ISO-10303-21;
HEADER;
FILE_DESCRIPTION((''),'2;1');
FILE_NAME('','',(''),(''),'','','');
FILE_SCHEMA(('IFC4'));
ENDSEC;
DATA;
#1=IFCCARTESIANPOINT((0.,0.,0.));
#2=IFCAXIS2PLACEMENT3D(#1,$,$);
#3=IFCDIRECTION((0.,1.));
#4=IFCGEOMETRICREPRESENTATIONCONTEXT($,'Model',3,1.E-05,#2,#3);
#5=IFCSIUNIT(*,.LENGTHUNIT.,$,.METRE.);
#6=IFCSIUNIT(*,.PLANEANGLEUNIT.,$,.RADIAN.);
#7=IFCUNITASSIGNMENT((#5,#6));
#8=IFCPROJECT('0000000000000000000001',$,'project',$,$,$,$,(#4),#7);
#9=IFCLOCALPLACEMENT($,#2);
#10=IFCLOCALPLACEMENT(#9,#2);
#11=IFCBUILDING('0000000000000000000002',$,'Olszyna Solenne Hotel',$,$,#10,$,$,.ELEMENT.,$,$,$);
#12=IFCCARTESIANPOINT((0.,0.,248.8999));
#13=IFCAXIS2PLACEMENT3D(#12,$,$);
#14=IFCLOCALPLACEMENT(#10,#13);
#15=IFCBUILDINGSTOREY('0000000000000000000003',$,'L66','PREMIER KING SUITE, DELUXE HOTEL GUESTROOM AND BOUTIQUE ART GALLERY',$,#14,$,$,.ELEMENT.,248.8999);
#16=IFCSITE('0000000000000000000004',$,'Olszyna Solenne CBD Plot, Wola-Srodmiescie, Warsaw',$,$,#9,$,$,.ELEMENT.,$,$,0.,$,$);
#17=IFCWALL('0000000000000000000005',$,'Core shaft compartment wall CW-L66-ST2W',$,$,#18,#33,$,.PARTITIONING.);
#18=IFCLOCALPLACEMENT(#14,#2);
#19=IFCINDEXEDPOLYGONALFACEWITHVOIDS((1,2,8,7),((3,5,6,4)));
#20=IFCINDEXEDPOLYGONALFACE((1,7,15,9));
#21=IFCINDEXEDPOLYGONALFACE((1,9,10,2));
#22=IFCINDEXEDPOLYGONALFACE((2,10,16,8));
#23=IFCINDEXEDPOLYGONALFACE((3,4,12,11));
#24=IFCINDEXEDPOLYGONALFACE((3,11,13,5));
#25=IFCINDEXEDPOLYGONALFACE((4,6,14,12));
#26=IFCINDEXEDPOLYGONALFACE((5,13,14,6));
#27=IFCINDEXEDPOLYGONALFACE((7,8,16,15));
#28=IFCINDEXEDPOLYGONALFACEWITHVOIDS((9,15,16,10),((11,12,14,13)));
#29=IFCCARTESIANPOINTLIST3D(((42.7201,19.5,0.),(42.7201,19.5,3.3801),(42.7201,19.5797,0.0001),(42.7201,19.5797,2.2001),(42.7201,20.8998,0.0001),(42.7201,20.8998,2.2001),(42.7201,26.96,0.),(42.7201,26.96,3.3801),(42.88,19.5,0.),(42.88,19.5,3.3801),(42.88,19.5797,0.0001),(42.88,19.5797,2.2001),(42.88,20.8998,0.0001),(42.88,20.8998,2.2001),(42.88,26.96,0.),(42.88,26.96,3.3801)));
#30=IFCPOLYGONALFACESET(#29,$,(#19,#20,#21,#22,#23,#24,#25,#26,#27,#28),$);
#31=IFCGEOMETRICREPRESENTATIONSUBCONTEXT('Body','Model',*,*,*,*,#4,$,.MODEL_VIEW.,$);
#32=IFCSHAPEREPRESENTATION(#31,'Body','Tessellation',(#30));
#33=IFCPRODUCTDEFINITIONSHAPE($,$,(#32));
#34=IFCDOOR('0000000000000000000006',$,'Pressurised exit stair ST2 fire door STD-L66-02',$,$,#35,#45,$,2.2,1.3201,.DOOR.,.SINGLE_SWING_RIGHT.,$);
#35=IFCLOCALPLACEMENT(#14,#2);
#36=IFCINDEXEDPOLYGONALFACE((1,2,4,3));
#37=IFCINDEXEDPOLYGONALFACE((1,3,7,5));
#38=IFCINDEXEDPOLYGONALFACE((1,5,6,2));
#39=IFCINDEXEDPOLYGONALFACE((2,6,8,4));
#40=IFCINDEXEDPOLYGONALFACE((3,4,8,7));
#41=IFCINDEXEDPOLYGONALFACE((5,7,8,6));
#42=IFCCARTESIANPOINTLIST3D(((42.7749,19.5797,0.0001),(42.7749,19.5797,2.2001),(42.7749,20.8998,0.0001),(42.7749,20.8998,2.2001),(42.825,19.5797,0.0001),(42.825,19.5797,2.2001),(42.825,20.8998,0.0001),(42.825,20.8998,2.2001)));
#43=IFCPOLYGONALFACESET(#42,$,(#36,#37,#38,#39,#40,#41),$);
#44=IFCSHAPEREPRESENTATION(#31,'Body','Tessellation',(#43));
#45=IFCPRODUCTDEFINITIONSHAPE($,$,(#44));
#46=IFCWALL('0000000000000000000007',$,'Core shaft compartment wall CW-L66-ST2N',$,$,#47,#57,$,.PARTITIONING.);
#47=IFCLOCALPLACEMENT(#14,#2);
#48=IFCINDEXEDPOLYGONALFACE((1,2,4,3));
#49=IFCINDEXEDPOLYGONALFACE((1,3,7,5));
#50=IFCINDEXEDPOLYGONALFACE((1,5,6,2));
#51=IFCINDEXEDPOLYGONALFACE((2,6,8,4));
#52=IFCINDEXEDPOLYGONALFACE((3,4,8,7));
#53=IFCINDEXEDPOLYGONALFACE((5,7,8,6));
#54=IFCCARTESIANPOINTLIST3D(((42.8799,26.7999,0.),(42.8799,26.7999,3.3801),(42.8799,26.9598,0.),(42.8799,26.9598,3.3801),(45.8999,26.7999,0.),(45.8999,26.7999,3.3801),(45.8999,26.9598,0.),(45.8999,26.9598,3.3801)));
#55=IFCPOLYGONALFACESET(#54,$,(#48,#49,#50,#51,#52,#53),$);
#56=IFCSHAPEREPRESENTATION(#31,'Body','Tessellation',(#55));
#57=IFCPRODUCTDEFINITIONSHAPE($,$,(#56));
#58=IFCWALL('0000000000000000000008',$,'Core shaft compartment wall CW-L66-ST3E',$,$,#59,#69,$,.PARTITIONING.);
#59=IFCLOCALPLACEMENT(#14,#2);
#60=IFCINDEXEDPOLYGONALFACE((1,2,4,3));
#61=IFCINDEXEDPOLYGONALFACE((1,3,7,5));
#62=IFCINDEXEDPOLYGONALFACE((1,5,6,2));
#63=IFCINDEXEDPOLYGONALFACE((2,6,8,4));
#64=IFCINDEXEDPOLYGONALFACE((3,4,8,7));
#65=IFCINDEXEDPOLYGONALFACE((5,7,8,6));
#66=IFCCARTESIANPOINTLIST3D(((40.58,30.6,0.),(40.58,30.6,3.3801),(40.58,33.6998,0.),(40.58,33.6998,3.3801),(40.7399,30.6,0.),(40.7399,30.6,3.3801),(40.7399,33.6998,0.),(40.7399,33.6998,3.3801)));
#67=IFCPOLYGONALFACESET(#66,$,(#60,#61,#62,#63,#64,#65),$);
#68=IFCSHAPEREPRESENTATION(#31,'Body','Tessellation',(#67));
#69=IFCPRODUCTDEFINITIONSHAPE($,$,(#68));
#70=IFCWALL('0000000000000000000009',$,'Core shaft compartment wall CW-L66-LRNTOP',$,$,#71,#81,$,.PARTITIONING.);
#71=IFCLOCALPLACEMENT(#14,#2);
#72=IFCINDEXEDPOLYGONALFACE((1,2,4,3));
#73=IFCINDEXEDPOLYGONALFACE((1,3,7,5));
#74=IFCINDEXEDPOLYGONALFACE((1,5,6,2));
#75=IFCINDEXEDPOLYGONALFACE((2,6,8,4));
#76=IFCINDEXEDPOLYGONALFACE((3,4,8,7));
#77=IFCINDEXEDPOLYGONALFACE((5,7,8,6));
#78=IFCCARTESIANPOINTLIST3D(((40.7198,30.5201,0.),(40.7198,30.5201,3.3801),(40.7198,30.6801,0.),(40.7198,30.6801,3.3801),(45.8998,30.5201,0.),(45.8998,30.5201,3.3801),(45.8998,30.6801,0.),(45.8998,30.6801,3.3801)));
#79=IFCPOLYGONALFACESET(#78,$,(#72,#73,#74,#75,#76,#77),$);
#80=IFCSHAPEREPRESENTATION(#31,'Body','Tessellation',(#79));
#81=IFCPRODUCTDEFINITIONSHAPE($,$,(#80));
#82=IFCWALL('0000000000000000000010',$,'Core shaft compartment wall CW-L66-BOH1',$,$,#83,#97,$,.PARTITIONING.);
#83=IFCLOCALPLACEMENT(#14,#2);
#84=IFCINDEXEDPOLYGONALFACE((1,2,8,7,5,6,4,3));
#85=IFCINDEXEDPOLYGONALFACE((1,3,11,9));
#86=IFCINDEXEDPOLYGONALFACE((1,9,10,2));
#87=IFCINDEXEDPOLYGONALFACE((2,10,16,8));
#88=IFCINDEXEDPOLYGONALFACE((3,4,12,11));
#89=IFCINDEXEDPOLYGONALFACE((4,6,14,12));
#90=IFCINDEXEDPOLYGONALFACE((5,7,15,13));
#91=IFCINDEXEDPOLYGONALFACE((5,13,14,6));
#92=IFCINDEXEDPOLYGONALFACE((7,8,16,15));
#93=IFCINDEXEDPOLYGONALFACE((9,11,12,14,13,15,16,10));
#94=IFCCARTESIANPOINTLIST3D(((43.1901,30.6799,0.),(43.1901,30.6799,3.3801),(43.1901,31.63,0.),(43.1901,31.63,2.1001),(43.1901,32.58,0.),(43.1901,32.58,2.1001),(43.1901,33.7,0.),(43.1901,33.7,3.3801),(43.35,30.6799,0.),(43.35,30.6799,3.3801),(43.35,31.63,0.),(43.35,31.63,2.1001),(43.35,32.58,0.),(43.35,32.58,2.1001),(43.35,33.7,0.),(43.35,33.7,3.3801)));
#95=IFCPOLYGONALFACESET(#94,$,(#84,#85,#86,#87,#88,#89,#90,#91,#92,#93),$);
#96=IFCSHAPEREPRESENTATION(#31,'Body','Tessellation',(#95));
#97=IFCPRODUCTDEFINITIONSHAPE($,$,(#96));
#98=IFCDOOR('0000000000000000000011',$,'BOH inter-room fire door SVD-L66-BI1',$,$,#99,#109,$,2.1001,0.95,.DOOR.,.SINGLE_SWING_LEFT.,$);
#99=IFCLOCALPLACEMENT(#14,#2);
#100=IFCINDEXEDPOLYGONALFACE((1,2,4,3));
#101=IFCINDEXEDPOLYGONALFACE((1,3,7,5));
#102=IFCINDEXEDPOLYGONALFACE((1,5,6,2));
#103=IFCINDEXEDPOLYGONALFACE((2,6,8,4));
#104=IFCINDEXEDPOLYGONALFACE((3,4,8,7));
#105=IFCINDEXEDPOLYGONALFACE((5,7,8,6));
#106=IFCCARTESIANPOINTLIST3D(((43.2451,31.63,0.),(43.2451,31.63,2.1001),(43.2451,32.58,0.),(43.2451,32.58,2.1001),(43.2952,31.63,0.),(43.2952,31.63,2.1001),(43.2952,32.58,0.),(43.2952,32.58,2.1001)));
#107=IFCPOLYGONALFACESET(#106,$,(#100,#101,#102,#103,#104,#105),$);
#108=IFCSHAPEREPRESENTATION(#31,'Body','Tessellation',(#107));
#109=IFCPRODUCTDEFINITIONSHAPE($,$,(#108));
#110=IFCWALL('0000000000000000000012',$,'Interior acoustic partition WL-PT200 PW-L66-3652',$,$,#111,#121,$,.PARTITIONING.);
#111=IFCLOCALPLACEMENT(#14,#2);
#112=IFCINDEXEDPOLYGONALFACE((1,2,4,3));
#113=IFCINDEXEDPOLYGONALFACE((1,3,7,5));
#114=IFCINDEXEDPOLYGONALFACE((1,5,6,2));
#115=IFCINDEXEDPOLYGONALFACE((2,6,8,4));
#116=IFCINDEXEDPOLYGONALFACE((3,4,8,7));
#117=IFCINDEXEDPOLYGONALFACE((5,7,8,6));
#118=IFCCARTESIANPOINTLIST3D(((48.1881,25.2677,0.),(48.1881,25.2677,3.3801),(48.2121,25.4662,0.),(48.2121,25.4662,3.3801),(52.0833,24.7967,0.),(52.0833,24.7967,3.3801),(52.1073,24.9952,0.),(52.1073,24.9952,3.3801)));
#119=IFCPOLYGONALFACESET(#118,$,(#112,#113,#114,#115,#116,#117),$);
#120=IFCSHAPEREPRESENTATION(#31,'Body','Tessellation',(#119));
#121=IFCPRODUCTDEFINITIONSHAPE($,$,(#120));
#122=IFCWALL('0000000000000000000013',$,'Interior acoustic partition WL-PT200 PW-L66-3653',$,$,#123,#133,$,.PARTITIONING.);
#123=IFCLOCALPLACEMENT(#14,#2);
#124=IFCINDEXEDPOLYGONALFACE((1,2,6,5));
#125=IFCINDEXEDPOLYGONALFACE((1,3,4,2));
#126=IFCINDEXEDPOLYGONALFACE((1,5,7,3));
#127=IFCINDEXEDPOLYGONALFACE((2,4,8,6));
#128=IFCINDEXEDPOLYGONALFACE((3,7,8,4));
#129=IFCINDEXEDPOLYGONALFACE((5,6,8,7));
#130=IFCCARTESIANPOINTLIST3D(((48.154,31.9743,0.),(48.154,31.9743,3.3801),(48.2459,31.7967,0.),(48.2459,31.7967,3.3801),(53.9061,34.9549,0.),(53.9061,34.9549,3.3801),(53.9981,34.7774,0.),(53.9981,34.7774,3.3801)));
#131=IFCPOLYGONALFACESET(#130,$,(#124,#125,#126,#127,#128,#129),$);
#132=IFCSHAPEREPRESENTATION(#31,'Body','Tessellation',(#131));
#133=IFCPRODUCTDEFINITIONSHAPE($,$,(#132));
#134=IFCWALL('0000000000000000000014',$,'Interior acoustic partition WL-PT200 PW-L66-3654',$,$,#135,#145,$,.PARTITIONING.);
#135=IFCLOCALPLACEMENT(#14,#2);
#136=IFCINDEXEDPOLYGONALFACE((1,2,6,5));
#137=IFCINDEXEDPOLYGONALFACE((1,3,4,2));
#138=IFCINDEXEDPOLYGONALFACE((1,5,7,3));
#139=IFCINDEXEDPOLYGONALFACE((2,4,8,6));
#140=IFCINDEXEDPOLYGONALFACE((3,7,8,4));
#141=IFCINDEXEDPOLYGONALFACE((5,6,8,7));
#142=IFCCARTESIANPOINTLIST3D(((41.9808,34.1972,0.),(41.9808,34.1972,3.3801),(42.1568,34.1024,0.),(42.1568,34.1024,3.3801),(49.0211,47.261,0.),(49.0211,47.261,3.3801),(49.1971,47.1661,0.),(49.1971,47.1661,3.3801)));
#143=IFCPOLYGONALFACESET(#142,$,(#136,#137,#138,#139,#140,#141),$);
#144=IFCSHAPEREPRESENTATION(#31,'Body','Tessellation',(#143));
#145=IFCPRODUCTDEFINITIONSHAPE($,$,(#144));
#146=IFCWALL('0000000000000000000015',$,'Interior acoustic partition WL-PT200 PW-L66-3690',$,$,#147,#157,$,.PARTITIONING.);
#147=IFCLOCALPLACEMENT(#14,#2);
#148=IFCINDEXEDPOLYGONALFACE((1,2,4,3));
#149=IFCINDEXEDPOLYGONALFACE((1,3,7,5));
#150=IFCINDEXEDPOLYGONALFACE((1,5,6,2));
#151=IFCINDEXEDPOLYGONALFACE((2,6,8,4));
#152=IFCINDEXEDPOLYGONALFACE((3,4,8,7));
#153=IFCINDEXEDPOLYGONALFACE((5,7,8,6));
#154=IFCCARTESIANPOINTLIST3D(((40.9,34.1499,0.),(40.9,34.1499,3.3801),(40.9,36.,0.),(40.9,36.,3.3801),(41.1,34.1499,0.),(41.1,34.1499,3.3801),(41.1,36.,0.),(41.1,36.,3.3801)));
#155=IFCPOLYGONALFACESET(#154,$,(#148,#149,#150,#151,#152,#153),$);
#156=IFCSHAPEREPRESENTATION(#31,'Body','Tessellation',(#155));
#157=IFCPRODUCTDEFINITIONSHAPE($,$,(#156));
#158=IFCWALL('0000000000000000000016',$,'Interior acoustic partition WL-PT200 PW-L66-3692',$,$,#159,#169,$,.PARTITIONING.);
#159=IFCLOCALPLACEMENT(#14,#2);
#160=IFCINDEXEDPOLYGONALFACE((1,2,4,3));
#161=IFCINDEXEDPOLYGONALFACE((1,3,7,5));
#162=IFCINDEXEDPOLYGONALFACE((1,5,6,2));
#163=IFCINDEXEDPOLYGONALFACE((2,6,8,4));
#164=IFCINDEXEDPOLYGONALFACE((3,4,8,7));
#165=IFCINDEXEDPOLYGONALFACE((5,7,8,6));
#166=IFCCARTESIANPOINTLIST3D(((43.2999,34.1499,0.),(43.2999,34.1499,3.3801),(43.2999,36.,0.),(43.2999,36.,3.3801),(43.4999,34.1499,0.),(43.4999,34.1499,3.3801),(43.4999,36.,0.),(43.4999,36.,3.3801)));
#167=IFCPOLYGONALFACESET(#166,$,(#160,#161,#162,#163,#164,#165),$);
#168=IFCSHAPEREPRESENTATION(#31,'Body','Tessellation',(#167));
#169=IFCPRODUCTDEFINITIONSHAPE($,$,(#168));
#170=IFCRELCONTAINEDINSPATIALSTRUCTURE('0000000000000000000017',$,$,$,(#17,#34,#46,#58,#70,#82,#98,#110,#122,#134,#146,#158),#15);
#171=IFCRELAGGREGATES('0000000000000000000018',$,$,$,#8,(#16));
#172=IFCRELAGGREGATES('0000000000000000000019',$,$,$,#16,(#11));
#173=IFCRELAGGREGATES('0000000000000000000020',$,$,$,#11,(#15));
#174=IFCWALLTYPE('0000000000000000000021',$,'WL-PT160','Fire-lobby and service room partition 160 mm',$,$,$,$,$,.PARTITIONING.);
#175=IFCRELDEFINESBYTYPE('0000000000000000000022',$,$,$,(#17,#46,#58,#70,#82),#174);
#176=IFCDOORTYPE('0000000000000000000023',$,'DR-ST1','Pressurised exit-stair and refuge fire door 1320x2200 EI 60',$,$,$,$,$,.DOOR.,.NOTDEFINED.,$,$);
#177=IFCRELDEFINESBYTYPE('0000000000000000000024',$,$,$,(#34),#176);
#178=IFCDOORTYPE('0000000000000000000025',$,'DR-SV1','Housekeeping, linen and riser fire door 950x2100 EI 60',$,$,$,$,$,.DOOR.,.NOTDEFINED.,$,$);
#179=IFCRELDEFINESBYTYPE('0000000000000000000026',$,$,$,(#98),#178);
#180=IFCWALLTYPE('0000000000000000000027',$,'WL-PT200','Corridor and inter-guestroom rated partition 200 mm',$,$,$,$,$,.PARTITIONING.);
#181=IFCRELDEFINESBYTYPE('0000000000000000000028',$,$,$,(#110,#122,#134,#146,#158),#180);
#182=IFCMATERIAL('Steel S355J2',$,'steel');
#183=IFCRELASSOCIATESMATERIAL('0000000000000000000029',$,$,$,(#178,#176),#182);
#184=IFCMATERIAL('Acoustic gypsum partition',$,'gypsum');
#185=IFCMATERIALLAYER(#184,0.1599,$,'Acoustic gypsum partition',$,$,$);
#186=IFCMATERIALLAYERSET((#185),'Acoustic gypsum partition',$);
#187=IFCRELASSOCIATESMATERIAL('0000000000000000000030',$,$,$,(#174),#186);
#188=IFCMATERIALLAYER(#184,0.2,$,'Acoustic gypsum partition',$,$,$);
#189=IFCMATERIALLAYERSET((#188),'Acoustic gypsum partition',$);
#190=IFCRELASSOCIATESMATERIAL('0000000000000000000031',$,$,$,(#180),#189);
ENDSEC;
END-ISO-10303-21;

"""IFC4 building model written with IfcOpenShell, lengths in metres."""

from ifc_helpers import new_model, si_unit, direction, frame, frame_2d, origin, place, context, subcontext, project, spatial, rectangle, extrude, source, transform, mapped, material, layer, layer_set, type_object, type_shapes, element, fill, save


model = new_model("IFC4")

# Units and contexts
model_context = context("Model", 3, precision=1e-05, world=origin(), true_north=direction((0.0, 1.0)))
body_context = subcontext(model_context, "Body", "Model", "MODEL_VIEW")
ifc_project = project(units=[si_unit("LENGTHUNIT", "METRE"), si_unit("PLANEANGLEUNIT", "RADIAN")], contexts=[model_context])

# Site, building, storey
site_placement = place(None, origin())
site = spatial("IfcSite", under=ifc_project, at=site_placement, Name="Olszyna Solenne CBD Plot, Wola-Srodmiescie, Warsaw", CompositionType="ELEMENT", RefElevation=0.0)
building_placement = place(site_placement, origin())
building = spatial("IfcBuilding", under=site, at=building_placement, Name="Olszyna Solenne Hotel", CompositionType="ELEMENT")
storey_placement = place(building_placement, frame((0.0, 0.0, 248.8999)))
storey = spatial("IfcBuildingStorey", under=building, at=storey_placement, Name="L66", Description="PREMIER KING SUITE, DELUXE HOTEL GUESTROOM AND BOUTIQUE ART GALLERY", CompositionType="ELEMENT", Elevation=248.8999)

# Shared definitions
ifc_material_1 = material(Name="Steel S355J2", Category="steel")

# Shared definitions
door_type_1 = type_object("IfcDoorType", Name="DR-SV1", Description="Housekeeping, linen and riser fire door 950x2100 EI 60", OperationType="NOTDEFINED", PredefinedType="DOOR", material=ifc_material_1)
shared_shape_1 = source(origin(), body_context, "Body", "SweptSolid", [
    extrude(rectangle(XDim=0.95, YDim=2.1001, at=frame_2d((0.4751, 1.05))), frame((0.0, 0.0249, 0.0), z_axis=(0.0, -1.0, 0.0), x_axis=(1.0, 0.0, 0.0)), (0.0, 0.0, 1.0), 0.05),
])
type_shapes(door_type_1, [shared_shape_1])

# Shared definitions
ifc_material_2 = material(Name="Acoustic gypsum partition", Category="gypsum")

# Wall, opening, door
ifc_layer_1 = layer(ifc_material_2, 0.1599, Name="Acoustic gypsum partition")
ifc_layer_set_1 = layer_set([ifc_layer_1], Name="Acoustic gypsum partition")
wall_type_1 = type_object("IfcWallType", Name="WL-PT160", Description="Fire-lobby and service room partition 160 mm", PredefinedType="PARTITIONING", material=ifc_layer_set_1)
wall_1_placement = place(storey_placement, frame((42.8, 26.96, 0.0), z_axis=(0.0, 0.0, 1.0), x_axis=(0.0, -1.0, 0.0)))
wall_1 = element("IfcWall", 1, at=wall_1_placement, inside=storey, type_object=wall_type_1, Name="Core shaft compartment wall CW-L66-ST2W", PredefinedType="PARTITIONING", context=body_context, shape_type="SweptSolid", body=[
    extrude(rectangle(XDim=7.46, YDim=0.1599, at=frame_2d((3.73, 0.0))), origin(), (0.0, 0.0, 1.0), 3.3801),
])
opening_1_placement = place(wall_1_placement, frame((6.0601, 0.0, 0.0)))
opening_1 = element("IfcOpeningElement", 2, at=opening_1_placement, cuts=wall_1, PredefinedType="OPENING", context=body_context, shape_type="SweptSolid", body=[
    extrude(rectangle(XDim=1.3201, YDim=2.2, at=frame_2d((0.6602, 1.1001))), frame((0.0, 0.0898, 0.0), z_axis=(0.0, -1.0, 0.0), x_axis=(1.0, 0.0, 0.0)), (0.0, 0.0, 1.0), 0.1799),
])
door_type_2 = type_object("IfcDoorType", Name="DR-ST1", Description="Pressurised exit-stair and refuge fire door 1320x2200 EI 60", OperationType="NOTDEFINED", PredefinedType="DOOR", material=ifc_material_1)
shared_shape_2 = source(origin(), body_context, "Body", "SweptSolid", [
    extrude(rectangle(XDim=1.3201, YDim=2.2, at=frame_2d((0.6602, 1.1001))), frame((0.0, 0.0249, 0.0), z_axis=(0.0, -1.0, 0.0), x_axis=(1.0, 0.0, 0.0)), (0.0, 0.0, 1.0), 0.05),
])
type_shapes(door_type_2, [shared_shape_2])
door_1_placement = place(opening_1_placement, origin())
door_1 = element("IfcDoor", 3, at=door_1_placement, inside=storey, type_object=door_type_2, Name="Pressurised exit stair ST2 fire door STD-L66-02", OperationType="SINGLE_SWING_RIGHT", OverallHeight=2.2, OverallWidth=1.3201, PredefinedType="DOOR", context=body_context, shape_type="MappedRepresentation", body=[
    mapped(shared_shape_2, transform((0.0, 0.0, 0.0), x_axis=(1.0, 0.0, 0.0), y_axis=(0.0, 1.0, 0.0), z_axis=(0.0, 0.0, 1.0), scale=1.0)),
])
fill(opening_1, door_1)

# Walls
wall_2_placement = place(storey_placement, frame((42.8799, 26.8799, 0.0), z_axis=(0.0, 0.0, 1.0), x_axis=(1.0, 0.0, 0.0)))
element("IfcWall", 4, at=wall_2_placement, inside=storey, type_object=wall_type_1, Name="Core shaft compartment wall CW-L66-ST2N", PredefinedType="PARTITIONING", context=body_context, shape_type="SweptSolid", body=[
    extrude(rectangle(XDim=3.02, YDim=0.1599, at=frame_2d((1.51, 0.0))), origin(), (0.0, 0.0, 1.0), 3.3801),
])
wall_3_placement = place(storey_placement, frame((40.6599, 30.6001, 0.0), z_axis=(0.0, 0.0, 1.0), x_axis=(0.0, 1.0, 0.0)))
element("IfcWall", 5, at=wall_3_placement, inside=storey, type_object=wall_type_1, Name="Core shaft compartment wall CW-L66-ST3E", PredefinedType="PARTITIONING", context=body_context, shape_type="SweptSolid", body=[
    extrude(rectangle(XDim=3.0999, YDim=0.1599, at=frame_2d((1.5498, 0.0))), origin(), (0.0, 0.0, 1.0), 3.3801),
])
wall_4_placement = place(storey_placement, frame((40.72, 30.6001, 0.0), z_axis=(0.0, 0.0, 1.0), x_axis=(1.0, 0.0, 0.0)))
element("IfcWall", 6, at=wall_4_placement, inside=storey, type_object=wall_type_1, Name="Core shaft compartment wall CW-L66-LRNTOP", PredefinedType="PARTITIONING", context=body_context, shape_type="SweptSolid", body=[
    extrude(rectangle(XDim=5.1799, YDim=0.1599, at=frame_2d((2.5898, 0.0))), origin(), (0.0, 0.0, 1.0), 3.3801),
])

# Wall, opening, door
wall_5_placement = place(storey_placement, frame((43.27, 30.6799, 0.0), z_axis=(0.0, 0.0, 1.0), x_axis=(0.0, 1.0, 0.0)))
wall_5 = element("IfcWall", 7, at=wall_5_placement, inside=storey, type_object=wall_type_1, Name="Core shaft compartment wall CW-L66-BOH1", PredefinedType="PARTITIONING", context=body_context, shape_type="SweptSolid", body=[
    extrude(rectangle(XDim=3.02, YDim=0.1599, at=frame_2d((1.51, 0.0))), origin(), (0.0, 0.0, 1.0), 3.3801),
])
opening_2_placement = place(wall_5_placement, frame((0.95, 0.0, 0.0)))
opening_2 = element("IfcOpeningElement", 8, at=opening_2_placement, cuts=wall_5, PredefinedType="OPENING", context=body_context, shape_type="SweptSolid", body=[
    extrude(rectangle(XDim=0.95, YDim=2.1001, at=frame_2d((0.4751, 1.05))), frame((0.0, 0.0898, 0.0), z_axis=(0.0, -1.0, 0.0), x_axis=(1.0, 0.0, 0.0)), (0.0, 0.0, 1.0), 0.1799),
])
door_2_placement = place(opening_2_placement, origin())
door_2 = element("IfcDoor", 9, at=door_2_placement, inside=storey, type_object=door_type_1, Name="BOH inter-room fire door SVD-L66-BI1", OperationType="SINGLE_SWING_LEFT", OverallHeight=2.1001, OverallWidth=0.95, PredefinedType="DOOR", context=body_context, shape_type="MappedRepresentation", body=[
    mapped(shared_shape_1, transform((0.0, 0.0, 0.0), x_axis=(1.0, 0.0, 0.0), y_axis=(0.0, 1.0, 0.0), z_axis=(0.0, 0.0, 1.0), scale=1.0)),
])
fill(opening_2, door_2)

# Walls
ifc_layer_2 = layer(ifc_material_2, 0.2, Name="Acoustic gypsum partition")
ifc_layer_set_2 = layer_set([ifc_layer_2], Name="Acoustic gypsum partition")
wall_type_2 = type_object("IfcWallType", Name="WL-PT200", Description="Corridor and inter-guestroom rated partition 200 mm", PredefinedType="PARTITIONING", material=ifc_layer_set_2)
wall_6_placement = place(storey_placement, frame((48.2, 25.3669, 0.0), z_axis=(0.0, 0.0, 1.0), x_axis=(0.99277, -0.120028, 0.0)))
element("IfcWall", 10, at=wall_6_placement, inside=storey, type_object=wall_type_2, Name="Interior acoustic partition WL-PT200 PW-L66-3652", PredefinedType="PARTITIONING", context=body_context, shape_type="SweptSolid", body=[
    extrude(rectangle(XDim=3.9236, YDim=0.2, at=frame_2d((1.9619, 0.0))), origin(), (0.0, 0.0, 1.0), 3.3801),
])
wall_7_placement = place(storey_placement, frame((48.2, 31.8855, 0.0), z_axis=(0.0, 0.0, 1.0), x_axis=(0.887875, 0.460085, 0.0)))
element("IfcWall", 11, at=wall_7_placement, inside=storey, type_object=wall_type_2, Name="Interior acoustic partition WL-PT200 PW-L66-3653", PredefinedType="PARTITIONING", context=body_context, shape_type="SweptSolid", body=[
    extrude(rectangle(XDim=6.4785, YDim=0.2, at=frame_2d((3.2393, 0.0))), origin(), (0.0, 0.0, 1.0), 3.3801),
])
wall_8_placement = place(storey_placement, frame((42.0688, 34.1499, 0.0), z_axis=(0.0, 0.0, 1.0), x_axis=(0.474412, 0.880303, 0.0)))
element("IfcWall", 12, at=wall_8_placement, inside=storey, type_object=wall_type_2, Name="Interior acoustic partition WL-PT200 PW-L66-3654", PredefinedType="PARTITIONING", context=body_context, shape_type="SweptSolid", body=[
    extrude(rectangle(XDim=14.8401, YDim=0.2, at=frame_2d((7.4199, 0.0))), origin(), (0.0, 0.0, 1.0), 3.3801),
])
for number, where, z_axis, x_axis, name in (
    (13, (41.0, 34.1499, 0.0), (0.0, 0.0, 1.0), (0.0, 1.0, 0.0), "Interior acoustic partition WL-PT200 PW-L66-3690"),
    (14, (43.3999, 34.1499, 0.0), (0.0, 0.0, 1.0), (0.0, 1.0, 0.0), "Interior acoustic partition WL-PT200 PW-L66-3692"),
):
    element("IfcWall", number, at=place(storey_placement, frame(where, z_axis=z_axis, x_axis=x_axis)), inside=storey, type_object=wall_type_2, Name=name, PredefinedType="PARTITIONING", context=body_context, shape_type="SweptSolid", body=[
        extrude(rectangle(XDim=1.8501, YDim=0.2, at=frame_2d((0.925, 0.0))), origin(), (0.0, 0.0, 1.0), 3.3801),
    ])

save(model, "model.ifc")
